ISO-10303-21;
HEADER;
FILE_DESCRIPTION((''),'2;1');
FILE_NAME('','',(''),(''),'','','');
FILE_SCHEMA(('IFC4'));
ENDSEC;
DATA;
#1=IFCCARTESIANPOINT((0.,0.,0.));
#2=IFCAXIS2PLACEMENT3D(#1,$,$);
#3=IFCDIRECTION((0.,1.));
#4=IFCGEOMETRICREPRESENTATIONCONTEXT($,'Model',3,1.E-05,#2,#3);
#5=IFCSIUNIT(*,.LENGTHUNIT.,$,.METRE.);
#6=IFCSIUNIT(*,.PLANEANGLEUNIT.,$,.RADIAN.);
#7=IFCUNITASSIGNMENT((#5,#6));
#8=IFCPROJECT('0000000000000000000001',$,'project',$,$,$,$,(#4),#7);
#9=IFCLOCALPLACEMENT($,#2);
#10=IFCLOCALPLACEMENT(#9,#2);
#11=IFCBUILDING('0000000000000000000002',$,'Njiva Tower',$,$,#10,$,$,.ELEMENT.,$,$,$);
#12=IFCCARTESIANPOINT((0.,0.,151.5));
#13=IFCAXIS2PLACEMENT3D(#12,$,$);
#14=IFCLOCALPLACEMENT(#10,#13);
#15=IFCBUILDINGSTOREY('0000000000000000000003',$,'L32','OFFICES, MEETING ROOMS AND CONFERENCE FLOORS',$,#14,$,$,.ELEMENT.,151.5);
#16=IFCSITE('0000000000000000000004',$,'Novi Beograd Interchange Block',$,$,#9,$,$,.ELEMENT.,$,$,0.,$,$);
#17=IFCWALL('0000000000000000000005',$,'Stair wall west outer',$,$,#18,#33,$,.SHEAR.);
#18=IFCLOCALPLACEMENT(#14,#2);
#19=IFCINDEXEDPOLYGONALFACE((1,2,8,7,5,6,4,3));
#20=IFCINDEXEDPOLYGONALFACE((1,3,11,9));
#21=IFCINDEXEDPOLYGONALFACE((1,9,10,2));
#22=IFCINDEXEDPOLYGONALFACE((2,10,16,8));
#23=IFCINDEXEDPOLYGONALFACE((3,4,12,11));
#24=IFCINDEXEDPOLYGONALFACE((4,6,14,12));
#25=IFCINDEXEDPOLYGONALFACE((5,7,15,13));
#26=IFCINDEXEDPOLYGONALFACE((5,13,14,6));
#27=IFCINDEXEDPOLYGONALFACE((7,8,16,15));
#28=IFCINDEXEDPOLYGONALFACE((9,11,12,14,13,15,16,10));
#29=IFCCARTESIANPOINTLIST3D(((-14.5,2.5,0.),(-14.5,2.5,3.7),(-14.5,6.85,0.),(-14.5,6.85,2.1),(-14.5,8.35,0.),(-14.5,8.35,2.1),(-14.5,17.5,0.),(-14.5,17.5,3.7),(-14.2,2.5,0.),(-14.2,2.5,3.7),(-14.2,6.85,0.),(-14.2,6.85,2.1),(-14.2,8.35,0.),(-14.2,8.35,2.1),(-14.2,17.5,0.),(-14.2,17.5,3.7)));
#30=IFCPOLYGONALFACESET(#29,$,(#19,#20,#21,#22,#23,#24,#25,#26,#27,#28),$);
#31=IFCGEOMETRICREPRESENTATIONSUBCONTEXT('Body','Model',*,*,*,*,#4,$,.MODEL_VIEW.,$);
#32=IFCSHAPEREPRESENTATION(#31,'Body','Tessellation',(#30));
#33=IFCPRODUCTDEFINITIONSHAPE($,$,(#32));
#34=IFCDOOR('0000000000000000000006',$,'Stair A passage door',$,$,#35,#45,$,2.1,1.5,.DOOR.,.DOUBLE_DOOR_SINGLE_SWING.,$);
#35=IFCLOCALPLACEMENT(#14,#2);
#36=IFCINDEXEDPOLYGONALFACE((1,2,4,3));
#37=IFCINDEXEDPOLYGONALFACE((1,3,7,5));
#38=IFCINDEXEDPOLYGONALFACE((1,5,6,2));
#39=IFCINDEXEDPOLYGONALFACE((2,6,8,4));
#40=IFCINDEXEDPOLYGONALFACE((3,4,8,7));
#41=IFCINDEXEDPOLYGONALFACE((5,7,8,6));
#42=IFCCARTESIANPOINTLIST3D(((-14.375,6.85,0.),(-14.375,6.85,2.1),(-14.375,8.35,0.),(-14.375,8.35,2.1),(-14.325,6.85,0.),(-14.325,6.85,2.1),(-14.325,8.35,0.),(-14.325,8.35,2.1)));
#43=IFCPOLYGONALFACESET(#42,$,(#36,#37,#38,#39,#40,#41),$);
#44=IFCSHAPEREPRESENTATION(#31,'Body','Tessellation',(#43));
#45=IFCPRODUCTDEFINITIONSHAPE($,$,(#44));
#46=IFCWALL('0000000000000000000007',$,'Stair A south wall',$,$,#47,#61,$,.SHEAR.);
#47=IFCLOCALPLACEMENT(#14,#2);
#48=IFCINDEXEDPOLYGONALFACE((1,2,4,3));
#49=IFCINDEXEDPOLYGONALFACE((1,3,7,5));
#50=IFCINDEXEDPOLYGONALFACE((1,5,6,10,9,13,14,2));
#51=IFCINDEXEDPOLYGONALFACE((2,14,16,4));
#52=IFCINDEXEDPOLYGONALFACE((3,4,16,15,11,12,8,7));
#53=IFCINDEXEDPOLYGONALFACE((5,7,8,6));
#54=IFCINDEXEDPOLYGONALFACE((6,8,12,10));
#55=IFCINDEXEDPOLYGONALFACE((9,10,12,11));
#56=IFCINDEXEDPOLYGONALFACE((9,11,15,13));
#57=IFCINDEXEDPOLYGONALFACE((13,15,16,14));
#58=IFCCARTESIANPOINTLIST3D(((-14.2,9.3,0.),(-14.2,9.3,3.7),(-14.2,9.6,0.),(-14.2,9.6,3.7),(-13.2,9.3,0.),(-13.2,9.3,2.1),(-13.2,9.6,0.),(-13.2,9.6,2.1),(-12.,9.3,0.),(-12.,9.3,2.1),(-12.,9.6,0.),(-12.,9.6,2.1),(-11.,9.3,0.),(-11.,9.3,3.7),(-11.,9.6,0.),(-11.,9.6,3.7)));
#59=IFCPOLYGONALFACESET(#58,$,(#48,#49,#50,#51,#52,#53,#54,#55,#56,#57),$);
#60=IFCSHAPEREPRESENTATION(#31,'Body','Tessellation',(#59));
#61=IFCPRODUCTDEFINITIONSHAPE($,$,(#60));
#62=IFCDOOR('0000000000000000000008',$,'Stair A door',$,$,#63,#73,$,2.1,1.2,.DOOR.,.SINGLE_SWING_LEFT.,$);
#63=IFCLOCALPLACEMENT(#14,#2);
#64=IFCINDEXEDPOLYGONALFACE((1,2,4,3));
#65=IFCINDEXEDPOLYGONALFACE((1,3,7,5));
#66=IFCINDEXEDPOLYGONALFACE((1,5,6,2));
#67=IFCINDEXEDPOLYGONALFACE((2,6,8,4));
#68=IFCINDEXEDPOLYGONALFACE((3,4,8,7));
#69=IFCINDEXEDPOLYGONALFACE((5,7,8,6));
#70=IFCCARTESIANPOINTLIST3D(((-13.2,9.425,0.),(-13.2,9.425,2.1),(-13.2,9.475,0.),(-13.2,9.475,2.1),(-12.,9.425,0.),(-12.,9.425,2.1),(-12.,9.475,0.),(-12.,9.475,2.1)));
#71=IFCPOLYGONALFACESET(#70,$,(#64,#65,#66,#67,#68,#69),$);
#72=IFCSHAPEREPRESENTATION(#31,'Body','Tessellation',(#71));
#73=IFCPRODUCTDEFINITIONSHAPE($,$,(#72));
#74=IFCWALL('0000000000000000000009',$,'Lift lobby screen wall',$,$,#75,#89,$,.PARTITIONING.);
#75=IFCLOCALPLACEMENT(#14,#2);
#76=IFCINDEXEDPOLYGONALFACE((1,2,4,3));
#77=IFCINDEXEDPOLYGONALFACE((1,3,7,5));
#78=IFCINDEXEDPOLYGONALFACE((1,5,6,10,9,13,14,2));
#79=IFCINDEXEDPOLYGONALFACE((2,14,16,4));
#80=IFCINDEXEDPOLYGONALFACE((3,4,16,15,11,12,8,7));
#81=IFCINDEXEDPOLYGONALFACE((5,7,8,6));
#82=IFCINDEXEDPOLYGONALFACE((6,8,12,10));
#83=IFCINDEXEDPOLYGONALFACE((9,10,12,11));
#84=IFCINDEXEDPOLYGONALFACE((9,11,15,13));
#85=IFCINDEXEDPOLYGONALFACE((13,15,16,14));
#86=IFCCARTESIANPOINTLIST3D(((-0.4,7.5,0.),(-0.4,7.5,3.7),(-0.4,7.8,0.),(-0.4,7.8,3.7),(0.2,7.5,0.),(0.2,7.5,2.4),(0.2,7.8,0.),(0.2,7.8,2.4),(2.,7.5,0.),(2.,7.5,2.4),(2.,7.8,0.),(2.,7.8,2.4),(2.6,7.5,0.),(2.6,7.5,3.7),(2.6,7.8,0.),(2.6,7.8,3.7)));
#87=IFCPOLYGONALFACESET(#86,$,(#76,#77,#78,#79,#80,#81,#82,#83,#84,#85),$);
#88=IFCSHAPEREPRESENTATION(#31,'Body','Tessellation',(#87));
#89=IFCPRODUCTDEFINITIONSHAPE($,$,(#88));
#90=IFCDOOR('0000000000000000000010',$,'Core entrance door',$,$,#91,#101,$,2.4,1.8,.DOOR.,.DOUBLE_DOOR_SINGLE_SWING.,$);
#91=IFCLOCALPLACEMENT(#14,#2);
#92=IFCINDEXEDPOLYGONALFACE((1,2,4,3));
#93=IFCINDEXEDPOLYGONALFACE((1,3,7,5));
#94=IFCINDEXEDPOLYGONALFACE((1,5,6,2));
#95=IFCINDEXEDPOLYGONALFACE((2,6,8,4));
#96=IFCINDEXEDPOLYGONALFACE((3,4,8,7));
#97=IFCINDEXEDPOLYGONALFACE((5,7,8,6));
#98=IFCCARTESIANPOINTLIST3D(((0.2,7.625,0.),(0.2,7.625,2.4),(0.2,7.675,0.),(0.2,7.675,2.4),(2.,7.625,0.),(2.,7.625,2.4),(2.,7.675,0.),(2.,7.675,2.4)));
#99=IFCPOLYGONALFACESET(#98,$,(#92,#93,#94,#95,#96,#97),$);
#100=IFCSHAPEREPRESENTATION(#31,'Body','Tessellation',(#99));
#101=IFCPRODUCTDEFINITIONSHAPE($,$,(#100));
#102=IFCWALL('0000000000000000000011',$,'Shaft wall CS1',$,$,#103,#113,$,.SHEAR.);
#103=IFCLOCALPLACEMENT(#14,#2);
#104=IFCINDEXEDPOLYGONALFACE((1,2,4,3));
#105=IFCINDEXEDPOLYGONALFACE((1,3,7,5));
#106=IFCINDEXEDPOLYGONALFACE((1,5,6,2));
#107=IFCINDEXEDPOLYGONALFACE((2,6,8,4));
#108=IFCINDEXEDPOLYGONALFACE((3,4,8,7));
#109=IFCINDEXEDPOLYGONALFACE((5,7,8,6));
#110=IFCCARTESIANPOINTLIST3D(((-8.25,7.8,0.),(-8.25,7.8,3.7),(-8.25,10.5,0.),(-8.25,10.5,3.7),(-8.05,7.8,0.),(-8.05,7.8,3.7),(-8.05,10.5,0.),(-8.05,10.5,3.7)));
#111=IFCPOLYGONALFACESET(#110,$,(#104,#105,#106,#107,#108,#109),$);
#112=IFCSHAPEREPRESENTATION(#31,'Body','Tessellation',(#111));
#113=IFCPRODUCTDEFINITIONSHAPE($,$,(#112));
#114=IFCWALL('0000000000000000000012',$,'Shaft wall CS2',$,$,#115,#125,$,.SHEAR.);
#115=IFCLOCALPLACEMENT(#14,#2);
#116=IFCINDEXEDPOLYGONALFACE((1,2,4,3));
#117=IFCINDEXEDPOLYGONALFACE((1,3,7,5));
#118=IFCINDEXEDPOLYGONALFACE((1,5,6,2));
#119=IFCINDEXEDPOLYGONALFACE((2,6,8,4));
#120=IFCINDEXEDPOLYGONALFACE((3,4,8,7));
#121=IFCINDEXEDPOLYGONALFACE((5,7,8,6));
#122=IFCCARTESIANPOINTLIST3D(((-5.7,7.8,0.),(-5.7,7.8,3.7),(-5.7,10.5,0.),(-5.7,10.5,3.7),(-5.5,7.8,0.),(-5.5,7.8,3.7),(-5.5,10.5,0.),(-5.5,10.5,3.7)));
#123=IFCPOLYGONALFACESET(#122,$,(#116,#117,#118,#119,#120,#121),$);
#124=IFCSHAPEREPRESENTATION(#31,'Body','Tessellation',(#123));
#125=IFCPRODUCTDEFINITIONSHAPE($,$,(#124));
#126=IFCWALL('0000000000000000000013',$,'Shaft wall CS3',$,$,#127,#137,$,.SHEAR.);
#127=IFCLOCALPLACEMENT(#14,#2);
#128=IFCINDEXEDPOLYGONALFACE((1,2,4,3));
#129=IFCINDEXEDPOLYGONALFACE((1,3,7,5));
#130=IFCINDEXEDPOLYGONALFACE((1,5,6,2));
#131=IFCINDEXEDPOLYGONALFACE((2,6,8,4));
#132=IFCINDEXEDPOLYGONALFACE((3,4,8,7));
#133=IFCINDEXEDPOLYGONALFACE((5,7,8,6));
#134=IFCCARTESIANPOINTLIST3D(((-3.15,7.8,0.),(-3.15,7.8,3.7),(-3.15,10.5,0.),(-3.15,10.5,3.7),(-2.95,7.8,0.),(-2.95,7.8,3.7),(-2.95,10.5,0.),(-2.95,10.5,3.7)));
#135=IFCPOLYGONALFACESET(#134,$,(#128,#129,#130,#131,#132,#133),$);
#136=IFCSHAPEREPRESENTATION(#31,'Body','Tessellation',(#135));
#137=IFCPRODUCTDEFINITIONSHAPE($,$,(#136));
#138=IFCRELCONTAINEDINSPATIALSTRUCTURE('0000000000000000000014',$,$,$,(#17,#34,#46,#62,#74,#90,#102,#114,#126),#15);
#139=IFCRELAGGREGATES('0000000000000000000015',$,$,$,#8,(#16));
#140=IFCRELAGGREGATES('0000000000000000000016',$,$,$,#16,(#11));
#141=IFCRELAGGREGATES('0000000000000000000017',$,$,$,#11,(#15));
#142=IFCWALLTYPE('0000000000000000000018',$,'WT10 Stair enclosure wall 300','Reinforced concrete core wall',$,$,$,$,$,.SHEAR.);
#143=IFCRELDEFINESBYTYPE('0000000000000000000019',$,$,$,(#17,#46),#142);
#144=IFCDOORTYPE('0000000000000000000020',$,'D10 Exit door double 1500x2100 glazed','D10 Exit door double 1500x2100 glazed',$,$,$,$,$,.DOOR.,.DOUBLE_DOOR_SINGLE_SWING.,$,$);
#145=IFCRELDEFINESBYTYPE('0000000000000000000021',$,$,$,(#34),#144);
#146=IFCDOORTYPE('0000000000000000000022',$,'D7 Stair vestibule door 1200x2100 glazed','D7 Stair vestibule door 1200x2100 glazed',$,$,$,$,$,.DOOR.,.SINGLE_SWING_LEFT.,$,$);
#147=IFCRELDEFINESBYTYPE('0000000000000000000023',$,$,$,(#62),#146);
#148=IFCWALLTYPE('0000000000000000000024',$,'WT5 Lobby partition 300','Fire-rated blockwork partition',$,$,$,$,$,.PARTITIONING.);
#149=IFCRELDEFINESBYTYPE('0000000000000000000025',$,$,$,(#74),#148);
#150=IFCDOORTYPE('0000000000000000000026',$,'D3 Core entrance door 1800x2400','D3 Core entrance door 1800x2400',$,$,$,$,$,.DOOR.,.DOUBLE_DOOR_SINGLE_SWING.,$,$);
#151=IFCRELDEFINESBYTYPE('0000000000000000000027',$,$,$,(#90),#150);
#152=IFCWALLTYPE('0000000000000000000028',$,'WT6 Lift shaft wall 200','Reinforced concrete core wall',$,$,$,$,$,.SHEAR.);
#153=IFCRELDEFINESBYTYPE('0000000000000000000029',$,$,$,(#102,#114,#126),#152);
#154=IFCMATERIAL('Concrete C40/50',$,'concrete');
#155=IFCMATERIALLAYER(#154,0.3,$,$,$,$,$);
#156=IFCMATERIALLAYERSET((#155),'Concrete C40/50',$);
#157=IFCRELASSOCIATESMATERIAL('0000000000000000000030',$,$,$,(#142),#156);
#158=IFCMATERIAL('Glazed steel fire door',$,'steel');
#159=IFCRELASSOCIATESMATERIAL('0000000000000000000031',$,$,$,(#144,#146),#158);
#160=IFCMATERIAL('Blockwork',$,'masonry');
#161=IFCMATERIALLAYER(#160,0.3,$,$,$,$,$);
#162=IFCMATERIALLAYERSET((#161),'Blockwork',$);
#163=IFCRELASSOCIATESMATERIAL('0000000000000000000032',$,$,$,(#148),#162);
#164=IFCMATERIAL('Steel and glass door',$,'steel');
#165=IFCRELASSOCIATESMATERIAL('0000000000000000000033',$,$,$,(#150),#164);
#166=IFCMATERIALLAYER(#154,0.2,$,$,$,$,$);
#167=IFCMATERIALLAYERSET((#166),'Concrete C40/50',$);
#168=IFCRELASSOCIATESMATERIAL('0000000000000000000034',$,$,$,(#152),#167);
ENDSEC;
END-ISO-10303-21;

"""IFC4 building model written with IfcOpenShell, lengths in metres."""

from ifc_helpers import new_model, si_unit, direction, frame, frame_2d, origin, place, context, subcontext, project, spatial, rectangle, extrude, material, layer, layer_set, type_object, element, fill, save


model = new_model("IFC4")

# Units and contexts
model_context = context("Model", 3, precision=1e-05, world=origin(), true_north=direction((0.0, 1.0)))
body_context = subcontext(model_context, "Body", "Model", "MODEL_VIEW")
ifc_project = project(units=[si_unit("LENGTHUNIT", "METRE"), si_unit("PLANEANGLEUNIT", "RADIAN")], contexts=[model_context])

# Site, building, storey
site_placement = place(None, origin())
site = spatial("IfcSite", under=ifc_project, at=site_placement, Name="Novi Beograd Interchange Block", CompositionType="ELEMENT", RefElevation=0.0)
building_placement = place(site_placement, origin())
building = spatial("IfcBuilding", under=site, at=building_placement, Name="Njiva Tower", CompositionType="ELEMENT")
storey_placement = place(building_placement, frame((0.0, 0.0, 151.5)))
storey = spatial("IfcBuildingStorey", under=building, at=storey_placement, Name="L32", Description="OFFICES, MEETING ROOMS AND CONFERENCE FLOORS", CompositionType="ELEMENT", Elevation=151.5)

# Shared definitions
ifc_material_1 = material(Name="Blockwork", Category="masonry")

# Shared definitions
ifc_material_2 = material(Name="Concrete C40/50", Category="concrete")
ifc_layer_1 = layer(ifc_material_2, 0.3)
ifc_layer_set_1 = layer_set([ifc_layer_1], Name="Concrete C40/50")
wall_type_1 = type_object("IfcWallType", Name="WT10 Stair enclosure wall 300", Description="Reinforced concrete core wall", PredefinedType="SHEAR", material=ifc_layer_set_1)
ifc_material_3 = material(Name="Glazed steel fire door", Category="steel")

# Walls, openings, doors
wall_1_placement = place(storey_placement, frame((-14.35, 2.5, 0.0), z_axis=(0.0, 0.0, 1.0), x_axis=(0.0, 1.0, 0.0)))
wall_1 = element("IfcWall", 1, at=wall_1_placement, inside=storey, type_object=wall_type_1, Name="Stair wall west outer", PredefinedType="SHEAR", context=body_context, shape_type="SweptSolid", body=[
    extrude(rectangle(XDim=15.0, YDim=0.3, at=frame_2d((7.5, 0.0))), origin(), (0.0, 0.0, 1.0), 3.7),
])
opening_1_placement = place(wall_1_placement, frame((4.35, 0.0, 0.0)))
opening_1 = element("IfcOpeningElement", 2, at=opening_1_placement, cuts=wall_1, PredefinedType="OPENING", context=body_context, shape_type="SweptSolid", body=[
    extrude(rectangle(XDim=1.5, YDim=2.1, at=frame_2d((0.75, 1.05))), frame((0.0, 0.16, 0.0), z_axis=(0.0, -1.0, 0.0), x_axis=(1.0, 0.0, 0.0)), (0.0, 0.0, 1.0), 0.32),
])
door_type_1 = type_object("IfcDoorType", Name="D10 Exit door double 1500x2100 glazed", Description="D10 Exit door double 1500x2100 glazed", OperationType="DOUBLE_DOOR_SINGLE_SWING", PredefinedType="DOOR", material=ifc_material_3)
door_1_placement = place(opening_1_placement, origin())
door_1 = element("IfcDoor", 3, at=door_1_placement, inside=storey, type_object=door_type_1, Name="Stair A passage door", OperationType="DOUBLE_DOOR_SINGLE_SWING", OverallHeight=2.1, OverallWidth=1.5, PredefinedType="DOOR", context=body_context, shape_type="SweptSolid", body=[
    extrude(rectangle(XDim=1.5, YDim=2.1, at=frame_2d((0.75, 1.05))), frame((0.0, 0.025, 0.0), z_axis=(0.0, -1.0, 0.0), x_axis=(1.0, 0.0, 0.0)), (0.0, 0.0, 1.0), 0.05),
])
fill(opening_1, door_1)
wall_2_placement = place(storey_placement, frame((-14.2, 9.45, 0.0), z_axis=(0.0, 0.0, 1.0), x_axis=(1.0, 0.0, 0.0)))
wall_2 = element("IfcWall", 4, at=wall_2_placement, inside=storey, type_object=wall_type_1, Name="Stair A south wall", PredefinedType="SHEAR", context=body_context, shape_type="SweptSolid", body=[
    extrude(rectangle(XDim=3.2, YDim=0.3, at=frame_2d((1.6, 0.0))), origin(), (0.0, 0.0, 1.0), 3.7),
])
opening_2_placement = place(wall_2_placement, frame((1.0, 0.0, 0.0)))
opening_2 = element("IfcOpeningElement", 5, at=opening_2_placement, cuts=wall_2, PredefinedType="OPENING", context=body_context, shape_type="SweptSolid", body=[
    extrude(rectangle(XDim=1.2, YDim=2.1, at=frame_2d((0.6, 1.05))), frame((0.0, 0.16, 0.0), z_axis=(0.0, -1.0, 0.0), x_axis=(1.0, 0.0, 0.0)), (0.0, 0.0, 1.0), 0.32),
])
door_type_2 = type_object("IfcDoorType", Name="D7 Stair vestibule door 1200x2100 glazed", Description="D7 Stair vestibule door 1200x2100 glazed", OperationType="SINGLE_SWING_LEFT", PredefinedType="DOOR", material=ifc_material_3)
door_2_placement = place(opening_2_placement, origin())
door_2 = element("IfcDoor", 6, at=door_2_placement, inside=storey, type_object=door_type_2, Name="Stair A door", OperationType="SINGLE_SWING_LEFT", OverallHeight=2.1, OverallWidth=1.2, PredefinedType="DOOR", context=body_context, shape_type="SweptSolid", body=[
    extrude(rectangle(XDim=1.2, YDim=2.1, at=frame_2d((0.6, 1.05))), frame((0.0, 0.025, 0.0), z_axis=(0.0, -1.0, 0.0), x_axis=(1.0, 0.0, 0.0)), (0.0, 0.0, 1.0), 0.05),
])
fill(opening_2, door_2)
ifc_layer_2 = layer(ifc_material_1, 0.3)
ifc_layer_set_2 = layer_set([ifc_layer_2], Name="Blockwork")
wall_type_2 = type_object("IfcWallType", Name="WT5 Lobby partition 300", Description="Fire-rated blockwork partition", PredefinedType="PARTITIONING", material=ifc_layer_set_2)
wall_3_placement = place(storey_placement, frame((-0.4, 7.65, 0.0), z_axis=(0.0, 0.0, 1.0), x_axis=(1.0, 0.0, 0.0)))
wall_3 = element("IfcWall", 7, at=wall_3_placement, inside=storey, type_object=wall_type_2, Name="Lift lobby screen wall", PredefinedType="PARTITIONING", context=body_context, shape_type="SweptSolid", body=[
    extrude(rectangle(XDim=3.0, YDim=0.3, at=frame_2d((1.5, 0.0))), origin(), (0.0, 0.0, 1.0), 3.7),
])
opening_3_placement = place(wall_3_placement, frame((0.6, 0.0, 0.0)))
opening_3 = element("IfcOpeningElement", 8, at=opening_3_placement, cuts=wall_3, PredefinedType="OPENING", context=body_context, shape_type="SweptSolid", body=[
    extrude(rectangle(XDim=1.8, YDim=2.4, at=frame_2d((0.9, 1.2))), frame((0.0, 0.16, 0.0), z_axis=(0.0, -1.0, 0.0), x_axis=(1.0, 0.0, 0.0)), (0.0, 0.0, 1.0), 0.32),
])
ifc_material_4 = material(Name="Steel and glass door", Category="steel")
door_type_3 = type_object("IfcDoorType", Name="D3 Core entrance door 1800x2400", Description="D3 Core entrance door 1800x2400", OperationType="DOUBLE_DOOR_SINGLE_SWING", PredefinedType="DOOR", material=ifc_material_4)
door_3_placement = place(opening_3_placement, origin())
door_3 = element("IfcDoor", 9, at=door_3_placement, inside=storey, type_object=door_type_3, Name="Core entrance door", OperationType="DOUBLE_DOOR_SINGLE_SWING", OverallHeight=2.4, OverallWidth=1.8, PredefinedType="DOOR", context=body_context, shape_type="SweptSolid", body=[
    extrude(rectangle(XDim=1.8, YDim=2.4, at=frame_2d((0.9, 1.2))), frame((0.0, 0.025, 0.0), z_axis=(0.0, -1.0, 0.0), x_axis=(1.0, 0.0, 0.0)), (0.0, 0.0, 1.0), 0.05),
])
fill(opening_3, door_3)

# Walls
ifc_layer_3 = layer(ifc_material_2, 0.2)
ifc_layer_set_3 = layer_set([ifc_layer_3], Name="Concrete C40/50")
wall_type_3 = type_object("IfcWallType", Name="WT6 Lift shaft wall 200", Description="Reinforced concrete core wall", PredefinedType="SHEAR", material=ifc_layer_set_3)
for number, where, z_axis, x_axis, name in (
    (10, (-8.15, 7.8, 0.0), (0.0, 0.0, 1.0), (0.0, 1.0, 0.0), "Shaft wall CS1"),
    (11, (-5.6, 7.8, 0.0), (0.0, 0.0, 1.0), (0.0, 1.0, 0.0), "Shaft wall CS2"),
    (12, (-3.05, 7.8, 0.0), (0.0, 0.0, 1.0), (0.0, 1.0, 0.0), "Shaft wall CS3"),
):
    element("IfcWall", number, at=place(storey_placement, frame(where, z_axis=z_axis, x_axis=x_axis)), inside=storey, type_object=wall_type_3, Name=name, PredefinedType="SHEAR", context=body_context, shape_type="SweptSolid", body=[
        extrude(rectangle(XDim=2.7, YDim=0.2, at=frame_2d((1.35, 0.0))), origin(), (0.0, 0.0, 1.0), 3.7),
    ])

save(model, "model.ifc")
